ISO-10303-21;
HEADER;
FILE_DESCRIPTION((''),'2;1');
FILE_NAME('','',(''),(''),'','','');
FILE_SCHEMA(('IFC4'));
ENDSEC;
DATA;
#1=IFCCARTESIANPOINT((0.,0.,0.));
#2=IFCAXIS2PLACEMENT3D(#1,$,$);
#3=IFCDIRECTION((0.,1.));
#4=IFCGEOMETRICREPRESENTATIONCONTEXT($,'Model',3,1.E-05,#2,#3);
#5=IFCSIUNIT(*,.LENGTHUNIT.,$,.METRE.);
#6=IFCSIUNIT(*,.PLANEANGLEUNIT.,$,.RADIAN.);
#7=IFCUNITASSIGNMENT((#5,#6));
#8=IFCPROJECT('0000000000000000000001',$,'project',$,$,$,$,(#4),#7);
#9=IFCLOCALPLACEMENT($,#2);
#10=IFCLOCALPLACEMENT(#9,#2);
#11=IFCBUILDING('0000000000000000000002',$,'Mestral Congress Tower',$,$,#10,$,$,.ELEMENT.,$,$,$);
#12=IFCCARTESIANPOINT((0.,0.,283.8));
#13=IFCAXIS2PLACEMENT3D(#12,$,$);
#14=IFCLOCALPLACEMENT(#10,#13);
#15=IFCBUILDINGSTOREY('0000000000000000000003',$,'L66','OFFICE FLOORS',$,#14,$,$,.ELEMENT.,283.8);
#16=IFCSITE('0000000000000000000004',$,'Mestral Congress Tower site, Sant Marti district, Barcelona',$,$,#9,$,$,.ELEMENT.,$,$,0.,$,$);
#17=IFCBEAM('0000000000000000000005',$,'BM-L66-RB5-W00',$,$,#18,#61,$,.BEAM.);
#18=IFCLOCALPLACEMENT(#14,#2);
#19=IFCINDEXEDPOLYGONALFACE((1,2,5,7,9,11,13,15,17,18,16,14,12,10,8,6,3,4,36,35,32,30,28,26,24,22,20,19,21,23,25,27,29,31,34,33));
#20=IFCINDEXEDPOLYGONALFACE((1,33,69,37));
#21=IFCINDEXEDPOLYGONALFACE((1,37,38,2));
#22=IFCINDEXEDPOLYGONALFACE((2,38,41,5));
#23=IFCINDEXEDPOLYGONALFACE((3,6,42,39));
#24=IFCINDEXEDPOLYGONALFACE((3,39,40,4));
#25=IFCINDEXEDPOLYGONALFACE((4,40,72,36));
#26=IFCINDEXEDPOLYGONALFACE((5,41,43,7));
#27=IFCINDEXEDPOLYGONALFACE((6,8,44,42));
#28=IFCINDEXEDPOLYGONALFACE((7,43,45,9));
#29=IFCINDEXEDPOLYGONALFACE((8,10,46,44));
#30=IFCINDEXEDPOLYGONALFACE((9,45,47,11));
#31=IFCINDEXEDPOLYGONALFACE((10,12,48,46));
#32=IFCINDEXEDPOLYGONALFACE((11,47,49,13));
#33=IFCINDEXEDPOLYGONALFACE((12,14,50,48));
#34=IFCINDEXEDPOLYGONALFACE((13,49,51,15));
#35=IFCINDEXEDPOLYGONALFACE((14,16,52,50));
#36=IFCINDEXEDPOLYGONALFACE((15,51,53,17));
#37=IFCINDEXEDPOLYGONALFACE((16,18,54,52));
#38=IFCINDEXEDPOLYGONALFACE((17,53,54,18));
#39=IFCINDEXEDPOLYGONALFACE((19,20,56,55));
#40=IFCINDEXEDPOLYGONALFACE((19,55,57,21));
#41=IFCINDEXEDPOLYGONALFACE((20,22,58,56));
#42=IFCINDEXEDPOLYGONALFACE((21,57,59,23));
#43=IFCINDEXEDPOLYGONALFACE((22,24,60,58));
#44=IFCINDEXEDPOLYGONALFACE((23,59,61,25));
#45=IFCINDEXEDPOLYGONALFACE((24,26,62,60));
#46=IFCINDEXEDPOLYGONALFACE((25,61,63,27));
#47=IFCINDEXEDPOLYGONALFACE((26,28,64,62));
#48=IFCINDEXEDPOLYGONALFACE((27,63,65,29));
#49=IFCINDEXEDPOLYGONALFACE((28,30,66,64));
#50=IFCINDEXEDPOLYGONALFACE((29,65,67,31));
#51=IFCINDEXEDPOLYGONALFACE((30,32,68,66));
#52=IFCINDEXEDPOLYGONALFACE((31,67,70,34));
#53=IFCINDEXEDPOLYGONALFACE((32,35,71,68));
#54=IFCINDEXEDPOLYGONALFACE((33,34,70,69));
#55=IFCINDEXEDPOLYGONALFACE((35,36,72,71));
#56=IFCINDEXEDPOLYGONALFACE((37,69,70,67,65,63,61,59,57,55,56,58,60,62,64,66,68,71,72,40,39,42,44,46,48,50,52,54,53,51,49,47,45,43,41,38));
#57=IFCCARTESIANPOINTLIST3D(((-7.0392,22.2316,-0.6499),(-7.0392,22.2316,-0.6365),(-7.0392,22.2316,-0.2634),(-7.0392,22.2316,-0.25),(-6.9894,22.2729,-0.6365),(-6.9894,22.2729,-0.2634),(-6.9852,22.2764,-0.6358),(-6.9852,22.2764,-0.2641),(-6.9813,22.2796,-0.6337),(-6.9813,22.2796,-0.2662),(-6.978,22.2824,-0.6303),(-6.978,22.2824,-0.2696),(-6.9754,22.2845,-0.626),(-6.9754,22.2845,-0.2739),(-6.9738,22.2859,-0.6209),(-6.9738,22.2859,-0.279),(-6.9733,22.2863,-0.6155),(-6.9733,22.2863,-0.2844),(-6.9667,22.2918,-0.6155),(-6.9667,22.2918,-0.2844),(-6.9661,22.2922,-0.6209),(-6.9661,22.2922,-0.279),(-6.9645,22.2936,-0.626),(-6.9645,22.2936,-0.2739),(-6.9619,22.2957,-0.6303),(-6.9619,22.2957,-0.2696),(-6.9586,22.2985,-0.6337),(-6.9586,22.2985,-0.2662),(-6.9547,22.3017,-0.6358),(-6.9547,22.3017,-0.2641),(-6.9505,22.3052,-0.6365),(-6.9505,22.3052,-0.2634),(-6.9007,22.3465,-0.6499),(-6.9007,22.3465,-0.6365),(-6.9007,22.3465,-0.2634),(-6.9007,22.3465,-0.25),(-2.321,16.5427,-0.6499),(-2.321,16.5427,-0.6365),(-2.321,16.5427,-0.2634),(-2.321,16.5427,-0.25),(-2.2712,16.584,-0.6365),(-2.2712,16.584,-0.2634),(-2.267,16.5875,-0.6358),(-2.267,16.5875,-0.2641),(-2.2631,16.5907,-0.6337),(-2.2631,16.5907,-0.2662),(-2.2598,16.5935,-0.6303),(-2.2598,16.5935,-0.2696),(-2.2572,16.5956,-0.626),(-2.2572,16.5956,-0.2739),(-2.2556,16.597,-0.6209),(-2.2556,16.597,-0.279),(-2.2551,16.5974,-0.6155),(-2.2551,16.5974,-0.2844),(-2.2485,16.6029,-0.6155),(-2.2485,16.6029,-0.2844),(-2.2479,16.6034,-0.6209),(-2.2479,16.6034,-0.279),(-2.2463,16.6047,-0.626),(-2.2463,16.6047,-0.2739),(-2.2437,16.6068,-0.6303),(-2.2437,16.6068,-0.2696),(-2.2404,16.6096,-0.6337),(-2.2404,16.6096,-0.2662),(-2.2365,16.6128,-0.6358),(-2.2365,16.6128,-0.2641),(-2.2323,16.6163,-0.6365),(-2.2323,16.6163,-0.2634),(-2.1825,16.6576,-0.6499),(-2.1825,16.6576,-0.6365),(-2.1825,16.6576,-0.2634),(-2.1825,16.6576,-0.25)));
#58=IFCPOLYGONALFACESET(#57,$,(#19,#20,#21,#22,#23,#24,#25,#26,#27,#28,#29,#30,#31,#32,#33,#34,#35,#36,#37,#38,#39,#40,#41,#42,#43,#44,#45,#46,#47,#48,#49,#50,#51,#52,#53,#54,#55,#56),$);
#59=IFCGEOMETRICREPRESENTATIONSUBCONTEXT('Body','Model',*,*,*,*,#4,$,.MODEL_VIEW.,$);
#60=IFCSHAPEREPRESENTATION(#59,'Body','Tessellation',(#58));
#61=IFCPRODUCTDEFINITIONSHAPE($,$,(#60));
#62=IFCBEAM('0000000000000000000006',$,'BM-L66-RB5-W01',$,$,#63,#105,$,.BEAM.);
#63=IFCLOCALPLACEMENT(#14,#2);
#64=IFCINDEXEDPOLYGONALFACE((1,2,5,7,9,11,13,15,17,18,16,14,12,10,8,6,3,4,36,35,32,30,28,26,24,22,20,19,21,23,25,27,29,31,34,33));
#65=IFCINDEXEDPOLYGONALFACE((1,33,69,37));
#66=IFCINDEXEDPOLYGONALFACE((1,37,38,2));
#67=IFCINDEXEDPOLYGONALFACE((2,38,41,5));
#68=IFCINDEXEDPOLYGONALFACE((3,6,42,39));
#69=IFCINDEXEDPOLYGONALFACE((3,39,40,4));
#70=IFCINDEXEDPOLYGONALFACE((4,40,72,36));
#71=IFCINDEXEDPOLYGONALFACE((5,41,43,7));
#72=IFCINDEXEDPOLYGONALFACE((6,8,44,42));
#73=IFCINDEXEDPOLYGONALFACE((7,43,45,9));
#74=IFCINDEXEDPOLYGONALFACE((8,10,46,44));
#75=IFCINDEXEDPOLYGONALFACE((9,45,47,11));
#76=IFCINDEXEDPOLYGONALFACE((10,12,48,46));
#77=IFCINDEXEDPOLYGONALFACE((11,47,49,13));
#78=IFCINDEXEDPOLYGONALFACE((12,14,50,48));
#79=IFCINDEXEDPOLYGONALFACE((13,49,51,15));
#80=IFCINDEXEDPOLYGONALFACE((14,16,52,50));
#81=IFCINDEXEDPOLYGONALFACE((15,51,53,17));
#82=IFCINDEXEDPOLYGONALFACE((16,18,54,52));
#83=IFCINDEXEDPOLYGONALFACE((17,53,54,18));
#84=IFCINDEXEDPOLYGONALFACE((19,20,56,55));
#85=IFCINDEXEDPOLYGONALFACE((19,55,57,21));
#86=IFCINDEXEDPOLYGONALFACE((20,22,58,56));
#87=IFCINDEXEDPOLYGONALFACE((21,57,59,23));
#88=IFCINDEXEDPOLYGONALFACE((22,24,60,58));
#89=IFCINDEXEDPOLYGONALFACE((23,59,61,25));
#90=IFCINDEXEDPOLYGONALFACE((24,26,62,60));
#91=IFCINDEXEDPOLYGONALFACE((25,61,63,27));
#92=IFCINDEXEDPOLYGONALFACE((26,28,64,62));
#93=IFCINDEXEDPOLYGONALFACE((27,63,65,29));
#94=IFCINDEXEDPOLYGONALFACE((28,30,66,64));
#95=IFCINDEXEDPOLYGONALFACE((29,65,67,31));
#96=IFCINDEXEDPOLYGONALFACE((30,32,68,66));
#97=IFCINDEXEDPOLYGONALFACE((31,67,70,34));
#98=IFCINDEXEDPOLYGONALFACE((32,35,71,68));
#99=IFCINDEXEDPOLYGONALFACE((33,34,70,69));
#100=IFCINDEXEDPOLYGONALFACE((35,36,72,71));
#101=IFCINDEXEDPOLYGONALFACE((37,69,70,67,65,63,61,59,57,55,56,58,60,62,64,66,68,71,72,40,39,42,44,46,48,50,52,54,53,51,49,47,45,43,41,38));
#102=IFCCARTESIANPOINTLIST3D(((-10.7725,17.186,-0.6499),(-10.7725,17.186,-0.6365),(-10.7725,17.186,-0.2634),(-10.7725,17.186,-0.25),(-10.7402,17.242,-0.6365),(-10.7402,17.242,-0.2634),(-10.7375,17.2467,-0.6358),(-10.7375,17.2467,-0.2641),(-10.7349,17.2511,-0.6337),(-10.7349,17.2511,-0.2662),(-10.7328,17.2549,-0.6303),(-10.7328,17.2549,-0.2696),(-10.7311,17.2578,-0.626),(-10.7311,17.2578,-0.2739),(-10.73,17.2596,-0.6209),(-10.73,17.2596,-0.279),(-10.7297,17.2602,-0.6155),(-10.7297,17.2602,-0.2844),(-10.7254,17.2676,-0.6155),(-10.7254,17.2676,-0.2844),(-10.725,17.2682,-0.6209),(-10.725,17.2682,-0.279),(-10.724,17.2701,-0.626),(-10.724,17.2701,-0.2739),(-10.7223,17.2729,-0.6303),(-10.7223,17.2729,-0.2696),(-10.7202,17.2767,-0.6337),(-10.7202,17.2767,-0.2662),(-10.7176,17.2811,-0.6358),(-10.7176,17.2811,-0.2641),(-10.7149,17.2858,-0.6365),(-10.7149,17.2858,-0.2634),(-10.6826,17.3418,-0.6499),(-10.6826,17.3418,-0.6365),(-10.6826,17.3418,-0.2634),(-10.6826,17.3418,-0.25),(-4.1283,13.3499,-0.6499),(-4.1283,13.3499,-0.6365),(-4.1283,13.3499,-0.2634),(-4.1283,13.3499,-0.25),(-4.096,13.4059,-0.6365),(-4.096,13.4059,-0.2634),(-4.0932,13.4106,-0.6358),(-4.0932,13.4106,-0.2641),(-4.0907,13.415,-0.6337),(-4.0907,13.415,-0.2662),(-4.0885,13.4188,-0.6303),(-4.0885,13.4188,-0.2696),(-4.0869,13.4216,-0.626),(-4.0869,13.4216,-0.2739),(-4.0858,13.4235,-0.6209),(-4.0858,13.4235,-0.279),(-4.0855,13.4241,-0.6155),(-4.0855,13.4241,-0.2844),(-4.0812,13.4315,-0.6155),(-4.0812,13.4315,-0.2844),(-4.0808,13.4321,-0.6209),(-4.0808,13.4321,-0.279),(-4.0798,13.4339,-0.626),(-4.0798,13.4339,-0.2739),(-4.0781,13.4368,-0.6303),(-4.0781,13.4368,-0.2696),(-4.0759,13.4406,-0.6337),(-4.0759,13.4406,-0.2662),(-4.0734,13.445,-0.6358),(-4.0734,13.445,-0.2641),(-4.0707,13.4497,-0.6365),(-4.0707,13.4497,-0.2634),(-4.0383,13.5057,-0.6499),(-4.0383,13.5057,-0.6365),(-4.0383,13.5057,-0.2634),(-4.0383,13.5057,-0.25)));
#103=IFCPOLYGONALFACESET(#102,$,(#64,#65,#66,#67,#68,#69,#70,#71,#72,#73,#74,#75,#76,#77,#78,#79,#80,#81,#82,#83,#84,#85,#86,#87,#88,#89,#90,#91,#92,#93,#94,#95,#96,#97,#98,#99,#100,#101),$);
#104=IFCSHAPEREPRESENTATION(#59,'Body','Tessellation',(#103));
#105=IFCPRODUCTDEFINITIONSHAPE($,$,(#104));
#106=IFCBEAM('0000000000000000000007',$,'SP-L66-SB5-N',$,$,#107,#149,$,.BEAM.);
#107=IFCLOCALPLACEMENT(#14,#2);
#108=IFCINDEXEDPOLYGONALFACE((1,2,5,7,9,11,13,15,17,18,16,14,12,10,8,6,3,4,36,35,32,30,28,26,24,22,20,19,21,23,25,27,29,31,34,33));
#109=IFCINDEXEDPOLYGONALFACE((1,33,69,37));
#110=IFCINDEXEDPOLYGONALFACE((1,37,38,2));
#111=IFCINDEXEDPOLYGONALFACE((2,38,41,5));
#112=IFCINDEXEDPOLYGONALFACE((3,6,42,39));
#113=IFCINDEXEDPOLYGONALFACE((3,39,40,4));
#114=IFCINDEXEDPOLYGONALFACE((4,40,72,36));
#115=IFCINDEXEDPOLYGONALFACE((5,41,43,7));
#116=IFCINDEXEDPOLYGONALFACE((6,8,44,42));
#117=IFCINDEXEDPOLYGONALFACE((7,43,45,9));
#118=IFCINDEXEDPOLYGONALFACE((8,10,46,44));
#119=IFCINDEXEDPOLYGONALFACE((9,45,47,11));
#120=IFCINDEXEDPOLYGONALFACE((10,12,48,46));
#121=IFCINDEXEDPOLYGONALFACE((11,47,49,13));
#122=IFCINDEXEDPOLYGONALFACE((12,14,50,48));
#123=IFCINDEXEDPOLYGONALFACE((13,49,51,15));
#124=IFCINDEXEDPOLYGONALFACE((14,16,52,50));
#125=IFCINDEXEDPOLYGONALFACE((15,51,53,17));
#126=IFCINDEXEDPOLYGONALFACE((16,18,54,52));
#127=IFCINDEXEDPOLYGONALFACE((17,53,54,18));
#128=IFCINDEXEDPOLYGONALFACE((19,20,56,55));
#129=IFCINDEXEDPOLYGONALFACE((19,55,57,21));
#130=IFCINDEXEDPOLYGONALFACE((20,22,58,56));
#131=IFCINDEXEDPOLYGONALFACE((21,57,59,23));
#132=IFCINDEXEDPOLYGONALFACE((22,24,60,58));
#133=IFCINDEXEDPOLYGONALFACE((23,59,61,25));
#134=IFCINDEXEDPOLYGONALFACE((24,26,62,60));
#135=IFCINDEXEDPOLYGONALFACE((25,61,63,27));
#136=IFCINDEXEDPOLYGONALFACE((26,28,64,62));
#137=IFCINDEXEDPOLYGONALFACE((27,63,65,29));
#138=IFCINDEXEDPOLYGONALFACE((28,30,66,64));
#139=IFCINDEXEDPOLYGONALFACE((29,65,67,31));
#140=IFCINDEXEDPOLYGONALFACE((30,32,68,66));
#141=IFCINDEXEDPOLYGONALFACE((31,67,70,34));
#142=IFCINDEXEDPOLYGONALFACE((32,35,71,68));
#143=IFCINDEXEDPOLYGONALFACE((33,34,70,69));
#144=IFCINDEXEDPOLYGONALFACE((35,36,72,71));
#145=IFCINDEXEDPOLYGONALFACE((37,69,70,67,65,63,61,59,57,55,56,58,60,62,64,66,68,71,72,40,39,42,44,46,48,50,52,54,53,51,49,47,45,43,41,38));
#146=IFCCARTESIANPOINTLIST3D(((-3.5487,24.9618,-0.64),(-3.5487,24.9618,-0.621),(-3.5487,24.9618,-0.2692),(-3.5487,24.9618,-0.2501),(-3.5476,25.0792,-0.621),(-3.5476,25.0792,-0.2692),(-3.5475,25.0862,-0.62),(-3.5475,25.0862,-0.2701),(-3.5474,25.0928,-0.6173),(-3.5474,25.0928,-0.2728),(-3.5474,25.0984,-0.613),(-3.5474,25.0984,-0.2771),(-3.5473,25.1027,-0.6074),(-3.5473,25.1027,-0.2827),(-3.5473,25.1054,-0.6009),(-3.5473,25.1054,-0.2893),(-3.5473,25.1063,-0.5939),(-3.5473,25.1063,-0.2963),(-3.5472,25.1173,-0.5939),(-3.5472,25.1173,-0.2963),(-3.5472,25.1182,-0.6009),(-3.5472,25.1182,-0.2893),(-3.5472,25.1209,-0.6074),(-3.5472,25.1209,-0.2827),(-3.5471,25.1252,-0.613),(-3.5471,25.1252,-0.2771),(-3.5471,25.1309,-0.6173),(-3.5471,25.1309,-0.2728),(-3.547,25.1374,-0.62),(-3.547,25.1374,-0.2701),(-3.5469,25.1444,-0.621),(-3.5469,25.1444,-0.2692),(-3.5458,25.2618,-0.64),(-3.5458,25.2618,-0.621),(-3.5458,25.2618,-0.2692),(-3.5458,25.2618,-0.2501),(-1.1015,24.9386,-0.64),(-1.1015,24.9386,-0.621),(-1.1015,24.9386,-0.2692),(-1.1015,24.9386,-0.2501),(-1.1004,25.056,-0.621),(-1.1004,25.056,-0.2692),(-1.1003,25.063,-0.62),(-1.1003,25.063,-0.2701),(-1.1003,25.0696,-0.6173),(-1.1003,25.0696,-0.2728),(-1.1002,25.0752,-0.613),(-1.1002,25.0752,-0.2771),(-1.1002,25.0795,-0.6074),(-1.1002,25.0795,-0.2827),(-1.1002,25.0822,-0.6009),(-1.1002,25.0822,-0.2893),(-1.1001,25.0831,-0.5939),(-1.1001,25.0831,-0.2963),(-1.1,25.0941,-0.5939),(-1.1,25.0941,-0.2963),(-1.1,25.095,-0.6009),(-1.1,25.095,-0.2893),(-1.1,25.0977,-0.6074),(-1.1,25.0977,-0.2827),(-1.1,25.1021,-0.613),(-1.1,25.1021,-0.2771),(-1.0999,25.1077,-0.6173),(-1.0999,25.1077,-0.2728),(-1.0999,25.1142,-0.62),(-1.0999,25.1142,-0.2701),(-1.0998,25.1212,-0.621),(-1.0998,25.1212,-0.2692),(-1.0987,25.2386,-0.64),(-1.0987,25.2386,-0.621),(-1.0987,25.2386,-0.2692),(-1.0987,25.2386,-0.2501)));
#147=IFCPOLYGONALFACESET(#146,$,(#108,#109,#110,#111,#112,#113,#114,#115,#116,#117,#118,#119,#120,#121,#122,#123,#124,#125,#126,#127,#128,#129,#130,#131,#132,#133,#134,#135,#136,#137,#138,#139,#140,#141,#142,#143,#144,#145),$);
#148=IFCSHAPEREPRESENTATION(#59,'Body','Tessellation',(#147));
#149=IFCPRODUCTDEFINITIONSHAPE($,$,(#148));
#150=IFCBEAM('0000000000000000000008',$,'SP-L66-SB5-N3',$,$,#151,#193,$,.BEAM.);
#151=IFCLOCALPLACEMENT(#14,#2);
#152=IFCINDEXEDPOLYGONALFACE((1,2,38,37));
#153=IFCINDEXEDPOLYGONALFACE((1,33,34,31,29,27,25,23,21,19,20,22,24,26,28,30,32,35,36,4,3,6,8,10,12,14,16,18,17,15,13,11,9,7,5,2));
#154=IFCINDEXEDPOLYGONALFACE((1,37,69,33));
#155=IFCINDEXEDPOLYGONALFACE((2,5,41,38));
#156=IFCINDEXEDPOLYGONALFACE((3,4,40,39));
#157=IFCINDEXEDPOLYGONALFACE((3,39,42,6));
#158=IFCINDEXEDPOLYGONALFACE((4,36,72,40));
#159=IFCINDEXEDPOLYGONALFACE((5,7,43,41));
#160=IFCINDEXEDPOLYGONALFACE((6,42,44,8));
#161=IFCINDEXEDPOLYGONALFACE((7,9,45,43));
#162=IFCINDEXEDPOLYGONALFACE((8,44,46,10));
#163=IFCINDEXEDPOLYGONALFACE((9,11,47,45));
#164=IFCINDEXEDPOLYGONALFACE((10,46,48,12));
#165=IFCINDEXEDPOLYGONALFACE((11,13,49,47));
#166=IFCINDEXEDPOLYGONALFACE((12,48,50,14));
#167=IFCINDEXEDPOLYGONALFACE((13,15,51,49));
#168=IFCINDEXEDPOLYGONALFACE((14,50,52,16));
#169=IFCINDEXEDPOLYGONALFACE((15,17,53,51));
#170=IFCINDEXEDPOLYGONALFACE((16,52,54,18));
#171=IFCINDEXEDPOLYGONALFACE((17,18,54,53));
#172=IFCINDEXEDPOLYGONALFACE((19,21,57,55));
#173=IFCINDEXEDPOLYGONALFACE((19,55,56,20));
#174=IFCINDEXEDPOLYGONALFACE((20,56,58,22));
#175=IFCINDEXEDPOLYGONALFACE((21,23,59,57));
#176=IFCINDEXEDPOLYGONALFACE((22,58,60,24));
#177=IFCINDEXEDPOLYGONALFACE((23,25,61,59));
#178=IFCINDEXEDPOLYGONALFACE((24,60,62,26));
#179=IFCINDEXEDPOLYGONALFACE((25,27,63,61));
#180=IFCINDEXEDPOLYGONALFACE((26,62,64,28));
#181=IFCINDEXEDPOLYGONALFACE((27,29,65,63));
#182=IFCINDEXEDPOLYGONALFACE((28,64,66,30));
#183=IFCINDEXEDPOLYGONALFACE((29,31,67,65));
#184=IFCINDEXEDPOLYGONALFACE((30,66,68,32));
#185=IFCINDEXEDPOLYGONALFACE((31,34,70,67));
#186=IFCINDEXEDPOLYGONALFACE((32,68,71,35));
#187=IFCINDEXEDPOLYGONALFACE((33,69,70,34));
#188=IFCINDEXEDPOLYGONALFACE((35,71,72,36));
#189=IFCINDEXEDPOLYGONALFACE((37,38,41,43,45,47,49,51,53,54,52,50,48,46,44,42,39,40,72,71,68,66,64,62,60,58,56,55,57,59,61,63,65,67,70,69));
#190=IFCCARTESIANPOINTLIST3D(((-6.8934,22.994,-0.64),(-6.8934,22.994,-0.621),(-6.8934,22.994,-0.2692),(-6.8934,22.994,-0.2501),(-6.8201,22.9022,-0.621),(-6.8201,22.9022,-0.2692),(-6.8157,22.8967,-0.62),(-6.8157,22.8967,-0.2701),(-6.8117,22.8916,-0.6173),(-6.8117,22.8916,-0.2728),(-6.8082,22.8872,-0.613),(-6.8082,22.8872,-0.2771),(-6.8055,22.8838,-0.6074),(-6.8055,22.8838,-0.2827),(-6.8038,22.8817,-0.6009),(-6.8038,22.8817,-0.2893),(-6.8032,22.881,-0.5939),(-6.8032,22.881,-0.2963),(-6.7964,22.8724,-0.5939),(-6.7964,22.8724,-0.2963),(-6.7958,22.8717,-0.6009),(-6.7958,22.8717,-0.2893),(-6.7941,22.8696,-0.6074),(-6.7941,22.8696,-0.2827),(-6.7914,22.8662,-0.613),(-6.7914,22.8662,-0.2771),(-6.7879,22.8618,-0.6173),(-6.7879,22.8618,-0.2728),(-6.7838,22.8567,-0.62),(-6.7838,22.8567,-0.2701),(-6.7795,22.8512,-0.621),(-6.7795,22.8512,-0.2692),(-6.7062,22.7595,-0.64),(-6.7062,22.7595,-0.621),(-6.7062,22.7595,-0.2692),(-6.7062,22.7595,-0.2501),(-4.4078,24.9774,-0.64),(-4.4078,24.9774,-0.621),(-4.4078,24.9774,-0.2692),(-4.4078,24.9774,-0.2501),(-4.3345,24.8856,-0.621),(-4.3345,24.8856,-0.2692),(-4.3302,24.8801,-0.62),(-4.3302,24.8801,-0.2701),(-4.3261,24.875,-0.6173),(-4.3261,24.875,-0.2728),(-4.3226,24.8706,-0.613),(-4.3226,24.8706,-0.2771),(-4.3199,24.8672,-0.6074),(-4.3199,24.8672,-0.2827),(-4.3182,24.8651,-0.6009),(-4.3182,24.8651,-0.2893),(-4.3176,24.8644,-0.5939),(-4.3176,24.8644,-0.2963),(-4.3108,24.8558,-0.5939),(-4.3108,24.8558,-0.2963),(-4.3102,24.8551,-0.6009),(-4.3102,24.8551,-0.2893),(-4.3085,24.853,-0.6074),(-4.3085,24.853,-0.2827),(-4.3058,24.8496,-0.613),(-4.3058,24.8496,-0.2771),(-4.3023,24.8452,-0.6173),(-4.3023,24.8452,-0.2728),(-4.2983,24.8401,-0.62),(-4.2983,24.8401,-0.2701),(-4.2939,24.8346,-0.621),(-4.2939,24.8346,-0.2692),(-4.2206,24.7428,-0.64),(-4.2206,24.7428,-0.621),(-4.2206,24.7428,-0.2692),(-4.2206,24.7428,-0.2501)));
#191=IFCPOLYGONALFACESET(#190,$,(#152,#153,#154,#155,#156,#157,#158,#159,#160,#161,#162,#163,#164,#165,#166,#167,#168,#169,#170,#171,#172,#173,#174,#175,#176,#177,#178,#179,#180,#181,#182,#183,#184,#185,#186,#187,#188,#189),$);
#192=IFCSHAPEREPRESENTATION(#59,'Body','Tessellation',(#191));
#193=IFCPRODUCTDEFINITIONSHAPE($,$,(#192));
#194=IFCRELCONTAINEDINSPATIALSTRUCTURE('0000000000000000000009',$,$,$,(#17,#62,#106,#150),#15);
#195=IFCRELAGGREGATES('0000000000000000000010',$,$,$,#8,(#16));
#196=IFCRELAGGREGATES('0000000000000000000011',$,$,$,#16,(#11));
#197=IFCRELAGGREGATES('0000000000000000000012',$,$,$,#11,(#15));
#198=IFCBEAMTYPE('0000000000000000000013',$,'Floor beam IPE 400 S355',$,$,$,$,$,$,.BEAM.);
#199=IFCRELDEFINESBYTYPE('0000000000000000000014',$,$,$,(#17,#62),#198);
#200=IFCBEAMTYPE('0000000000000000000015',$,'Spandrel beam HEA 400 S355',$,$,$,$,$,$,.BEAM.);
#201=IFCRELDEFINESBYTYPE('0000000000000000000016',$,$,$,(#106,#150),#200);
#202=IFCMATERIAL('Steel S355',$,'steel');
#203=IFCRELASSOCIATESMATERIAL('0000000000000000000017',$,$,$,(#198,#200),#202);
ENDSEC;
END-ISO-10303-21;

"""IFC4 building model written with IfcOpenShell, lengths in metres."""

from ifc_helpers import new_model, si_unit, direction, frame, origin, origin_2d, place, context, subcontext, project, spatial, i_section, extrude, material, material_profile, profile_set, type_object, element, save


model = new_model("IFC4")

# Units and contexts
model_context = context("Model", 3, precision=1e-05, world=origin(), true_north=direction((0.0, 1.0)))
body_context = subcontext(model_context, "Body", "Model", "MODEL_VIEW")
ifc_project = project(units=[si_unit("LENGTHUNIT", "METRE"), si_unit("PLANEANGLEUNIT", "RADIAN")], contexts=[model_context])

# Site, building, storey
site_placement = place(None, origin())
site = spatial("IfcSite", under=ifc_project, at=site_placement, Name="Mestral Congress Tower site, Sant Marti district, Barcelona", CompositionType="ELEMENT", RefElevation=0.0)
building_placement = place(site_placement, origin())
building = spatial("IfcBuilding", under=site, at=building_placement, Name="Mestral Congress Tower", CompositionType="ELEMENT")
storey_placement = place(building_placement, frame((0.0, 0.0, 283.8)))
storey = spatial("IfcBuildingStorey", under=building, at=storey_placement, Name="L66", Description="OFFICE FLOORS", CompositionType="ELEMENT", Elevation=283.8)

# Beams
ifc_material_1 = material(Name="Steel S355", Category="steel")
ifc_material_profile_1 = material_profile(ifc_material_1, i_section(OverallWidth=0.1799, OverallDepth=0.3999, WebThickness=0.0085, FlangeThickness=0.0134, FilletRadius=0.021, at=origin_2d()), Name="IPE 400")
ifc_profile_set_1 = profile_set([ifc_material_profile_1], Name="Steel S355")
beam_type_1 = type_object("IfcBeamType", Name="Floor beam IPE 400 S355", PredefinedType="BEAM", material=ifc_profile_set_1)
beam_1_placement = place(storey_placement, frame((-6.97, 22.2891, -0.45), z_axis=(0.638383, -0.769719, 0.0), x_axis=(0.769719, 0.638383, 0.0)))
element("IfcBeam", 1, at=beam_1_placement, inside=storey, type_object=beam_type_1, Name="BM-L66-RB5-W00", PredefinedType="BEAM", context=body_context, shape_type="SweptSolid", body=[
    extrude(i_section(OverallWidth=0.1799, OverallDepth=0.3999, WebThickness=0.0085, FlangeThickness=0.0134, FilletRadius=0.021, at=origin_2d()), origin(), (0.0, 0.0, 1.0), 7.3909),
])
beam_2_placement = place(storey_placement, frame((-10.7275, 17.2639, -0.45), z_axis=(0.86602, -0.50001, 0.0), x_axis=(0.50001, 0.86602, 0.0)))
element("IfcBeam", 2, at=beam_2_placement, inside=storey, type_object=beam_type_1, Name="BM-L66-RB5-W01", PredefinedType="BEAM", context=body_context, shape_type="SweptSolid", body=[
    extrude(i_section(OverallWidth=0.1799, OverallDepth=0.3999, WebThickness=0.0085, FlangeThickness=0.0134, FilletRadius=0.021, at=origin_2d()), origin(), (0.0, 0.0, 1.0), 7.6721),
])
ifc_material_profile_2 = material_profile(ifc_material_1, i_section(OverallWidth=0.3, OverallDepth=0.3899, WebThickness=0.011, FlangeThickness=0.019, FilletRadius=0.0271, at=origin_2d()), Name="HEA 400")
ifc_profile_set_2 = profile_set([ifc_material_profile_2], Name="Steel S355")
beam_type_2 = type_object("IfcBeamType", Name="Spandrel beam HEA 400 S355", PredefinedType="BEAM", material=ifc_profile_set_2)
beam_3_placement = place(storey_placement, frame((-1.1001, 25.0886, -0.4451), z_axis=(-0.999955, 0.009477, 0.0), x_axis=(-0.009477, -0.999955, 0.0)))
element("IfcBeam", 3, at=beam_3_placement, inside=storey, type_object=beam_type_2, Name="SP-L66-SB5-N", PredefinedType="BEAM", context=body_context, shape_type="SweptSolid", body=[
    extrude(i_section(OverallWidth=0.3, OverallDepth=0.3899, WebThickness=0.011, FlangeThickness=0.019, FilletRadius=0.0271, at=origin_2d()), origin(), (0.0, 0.0, 1.0), 2.4473),
])
beam_4_placement = place(storey_placement, frame((-4.3142, 24.8601, -0.4451), z_axis=(-0.781647, -0.623721, 0.0), x_axis=(0.623721, -0.781647, 0.0)))
element("IfcBeam", 4, at=beam_4_placement, inside=storey, type_object=beam_type_2, Name="SP-L66-SB5-N3", PredefinedType="BEAM", context=body_context, shape_type="SweptSolid", body=[
    extrude(i_section(OverallWidth=0.3, OverallDepth=0.3899, WebThickness=0.011, FlangeThickness=0.019, FilletRadius=0.0271, at=origin_2d()), origin(), (0.0, 0.0, 1.0), 3.1799),
])

save(model, "model.ifc")
